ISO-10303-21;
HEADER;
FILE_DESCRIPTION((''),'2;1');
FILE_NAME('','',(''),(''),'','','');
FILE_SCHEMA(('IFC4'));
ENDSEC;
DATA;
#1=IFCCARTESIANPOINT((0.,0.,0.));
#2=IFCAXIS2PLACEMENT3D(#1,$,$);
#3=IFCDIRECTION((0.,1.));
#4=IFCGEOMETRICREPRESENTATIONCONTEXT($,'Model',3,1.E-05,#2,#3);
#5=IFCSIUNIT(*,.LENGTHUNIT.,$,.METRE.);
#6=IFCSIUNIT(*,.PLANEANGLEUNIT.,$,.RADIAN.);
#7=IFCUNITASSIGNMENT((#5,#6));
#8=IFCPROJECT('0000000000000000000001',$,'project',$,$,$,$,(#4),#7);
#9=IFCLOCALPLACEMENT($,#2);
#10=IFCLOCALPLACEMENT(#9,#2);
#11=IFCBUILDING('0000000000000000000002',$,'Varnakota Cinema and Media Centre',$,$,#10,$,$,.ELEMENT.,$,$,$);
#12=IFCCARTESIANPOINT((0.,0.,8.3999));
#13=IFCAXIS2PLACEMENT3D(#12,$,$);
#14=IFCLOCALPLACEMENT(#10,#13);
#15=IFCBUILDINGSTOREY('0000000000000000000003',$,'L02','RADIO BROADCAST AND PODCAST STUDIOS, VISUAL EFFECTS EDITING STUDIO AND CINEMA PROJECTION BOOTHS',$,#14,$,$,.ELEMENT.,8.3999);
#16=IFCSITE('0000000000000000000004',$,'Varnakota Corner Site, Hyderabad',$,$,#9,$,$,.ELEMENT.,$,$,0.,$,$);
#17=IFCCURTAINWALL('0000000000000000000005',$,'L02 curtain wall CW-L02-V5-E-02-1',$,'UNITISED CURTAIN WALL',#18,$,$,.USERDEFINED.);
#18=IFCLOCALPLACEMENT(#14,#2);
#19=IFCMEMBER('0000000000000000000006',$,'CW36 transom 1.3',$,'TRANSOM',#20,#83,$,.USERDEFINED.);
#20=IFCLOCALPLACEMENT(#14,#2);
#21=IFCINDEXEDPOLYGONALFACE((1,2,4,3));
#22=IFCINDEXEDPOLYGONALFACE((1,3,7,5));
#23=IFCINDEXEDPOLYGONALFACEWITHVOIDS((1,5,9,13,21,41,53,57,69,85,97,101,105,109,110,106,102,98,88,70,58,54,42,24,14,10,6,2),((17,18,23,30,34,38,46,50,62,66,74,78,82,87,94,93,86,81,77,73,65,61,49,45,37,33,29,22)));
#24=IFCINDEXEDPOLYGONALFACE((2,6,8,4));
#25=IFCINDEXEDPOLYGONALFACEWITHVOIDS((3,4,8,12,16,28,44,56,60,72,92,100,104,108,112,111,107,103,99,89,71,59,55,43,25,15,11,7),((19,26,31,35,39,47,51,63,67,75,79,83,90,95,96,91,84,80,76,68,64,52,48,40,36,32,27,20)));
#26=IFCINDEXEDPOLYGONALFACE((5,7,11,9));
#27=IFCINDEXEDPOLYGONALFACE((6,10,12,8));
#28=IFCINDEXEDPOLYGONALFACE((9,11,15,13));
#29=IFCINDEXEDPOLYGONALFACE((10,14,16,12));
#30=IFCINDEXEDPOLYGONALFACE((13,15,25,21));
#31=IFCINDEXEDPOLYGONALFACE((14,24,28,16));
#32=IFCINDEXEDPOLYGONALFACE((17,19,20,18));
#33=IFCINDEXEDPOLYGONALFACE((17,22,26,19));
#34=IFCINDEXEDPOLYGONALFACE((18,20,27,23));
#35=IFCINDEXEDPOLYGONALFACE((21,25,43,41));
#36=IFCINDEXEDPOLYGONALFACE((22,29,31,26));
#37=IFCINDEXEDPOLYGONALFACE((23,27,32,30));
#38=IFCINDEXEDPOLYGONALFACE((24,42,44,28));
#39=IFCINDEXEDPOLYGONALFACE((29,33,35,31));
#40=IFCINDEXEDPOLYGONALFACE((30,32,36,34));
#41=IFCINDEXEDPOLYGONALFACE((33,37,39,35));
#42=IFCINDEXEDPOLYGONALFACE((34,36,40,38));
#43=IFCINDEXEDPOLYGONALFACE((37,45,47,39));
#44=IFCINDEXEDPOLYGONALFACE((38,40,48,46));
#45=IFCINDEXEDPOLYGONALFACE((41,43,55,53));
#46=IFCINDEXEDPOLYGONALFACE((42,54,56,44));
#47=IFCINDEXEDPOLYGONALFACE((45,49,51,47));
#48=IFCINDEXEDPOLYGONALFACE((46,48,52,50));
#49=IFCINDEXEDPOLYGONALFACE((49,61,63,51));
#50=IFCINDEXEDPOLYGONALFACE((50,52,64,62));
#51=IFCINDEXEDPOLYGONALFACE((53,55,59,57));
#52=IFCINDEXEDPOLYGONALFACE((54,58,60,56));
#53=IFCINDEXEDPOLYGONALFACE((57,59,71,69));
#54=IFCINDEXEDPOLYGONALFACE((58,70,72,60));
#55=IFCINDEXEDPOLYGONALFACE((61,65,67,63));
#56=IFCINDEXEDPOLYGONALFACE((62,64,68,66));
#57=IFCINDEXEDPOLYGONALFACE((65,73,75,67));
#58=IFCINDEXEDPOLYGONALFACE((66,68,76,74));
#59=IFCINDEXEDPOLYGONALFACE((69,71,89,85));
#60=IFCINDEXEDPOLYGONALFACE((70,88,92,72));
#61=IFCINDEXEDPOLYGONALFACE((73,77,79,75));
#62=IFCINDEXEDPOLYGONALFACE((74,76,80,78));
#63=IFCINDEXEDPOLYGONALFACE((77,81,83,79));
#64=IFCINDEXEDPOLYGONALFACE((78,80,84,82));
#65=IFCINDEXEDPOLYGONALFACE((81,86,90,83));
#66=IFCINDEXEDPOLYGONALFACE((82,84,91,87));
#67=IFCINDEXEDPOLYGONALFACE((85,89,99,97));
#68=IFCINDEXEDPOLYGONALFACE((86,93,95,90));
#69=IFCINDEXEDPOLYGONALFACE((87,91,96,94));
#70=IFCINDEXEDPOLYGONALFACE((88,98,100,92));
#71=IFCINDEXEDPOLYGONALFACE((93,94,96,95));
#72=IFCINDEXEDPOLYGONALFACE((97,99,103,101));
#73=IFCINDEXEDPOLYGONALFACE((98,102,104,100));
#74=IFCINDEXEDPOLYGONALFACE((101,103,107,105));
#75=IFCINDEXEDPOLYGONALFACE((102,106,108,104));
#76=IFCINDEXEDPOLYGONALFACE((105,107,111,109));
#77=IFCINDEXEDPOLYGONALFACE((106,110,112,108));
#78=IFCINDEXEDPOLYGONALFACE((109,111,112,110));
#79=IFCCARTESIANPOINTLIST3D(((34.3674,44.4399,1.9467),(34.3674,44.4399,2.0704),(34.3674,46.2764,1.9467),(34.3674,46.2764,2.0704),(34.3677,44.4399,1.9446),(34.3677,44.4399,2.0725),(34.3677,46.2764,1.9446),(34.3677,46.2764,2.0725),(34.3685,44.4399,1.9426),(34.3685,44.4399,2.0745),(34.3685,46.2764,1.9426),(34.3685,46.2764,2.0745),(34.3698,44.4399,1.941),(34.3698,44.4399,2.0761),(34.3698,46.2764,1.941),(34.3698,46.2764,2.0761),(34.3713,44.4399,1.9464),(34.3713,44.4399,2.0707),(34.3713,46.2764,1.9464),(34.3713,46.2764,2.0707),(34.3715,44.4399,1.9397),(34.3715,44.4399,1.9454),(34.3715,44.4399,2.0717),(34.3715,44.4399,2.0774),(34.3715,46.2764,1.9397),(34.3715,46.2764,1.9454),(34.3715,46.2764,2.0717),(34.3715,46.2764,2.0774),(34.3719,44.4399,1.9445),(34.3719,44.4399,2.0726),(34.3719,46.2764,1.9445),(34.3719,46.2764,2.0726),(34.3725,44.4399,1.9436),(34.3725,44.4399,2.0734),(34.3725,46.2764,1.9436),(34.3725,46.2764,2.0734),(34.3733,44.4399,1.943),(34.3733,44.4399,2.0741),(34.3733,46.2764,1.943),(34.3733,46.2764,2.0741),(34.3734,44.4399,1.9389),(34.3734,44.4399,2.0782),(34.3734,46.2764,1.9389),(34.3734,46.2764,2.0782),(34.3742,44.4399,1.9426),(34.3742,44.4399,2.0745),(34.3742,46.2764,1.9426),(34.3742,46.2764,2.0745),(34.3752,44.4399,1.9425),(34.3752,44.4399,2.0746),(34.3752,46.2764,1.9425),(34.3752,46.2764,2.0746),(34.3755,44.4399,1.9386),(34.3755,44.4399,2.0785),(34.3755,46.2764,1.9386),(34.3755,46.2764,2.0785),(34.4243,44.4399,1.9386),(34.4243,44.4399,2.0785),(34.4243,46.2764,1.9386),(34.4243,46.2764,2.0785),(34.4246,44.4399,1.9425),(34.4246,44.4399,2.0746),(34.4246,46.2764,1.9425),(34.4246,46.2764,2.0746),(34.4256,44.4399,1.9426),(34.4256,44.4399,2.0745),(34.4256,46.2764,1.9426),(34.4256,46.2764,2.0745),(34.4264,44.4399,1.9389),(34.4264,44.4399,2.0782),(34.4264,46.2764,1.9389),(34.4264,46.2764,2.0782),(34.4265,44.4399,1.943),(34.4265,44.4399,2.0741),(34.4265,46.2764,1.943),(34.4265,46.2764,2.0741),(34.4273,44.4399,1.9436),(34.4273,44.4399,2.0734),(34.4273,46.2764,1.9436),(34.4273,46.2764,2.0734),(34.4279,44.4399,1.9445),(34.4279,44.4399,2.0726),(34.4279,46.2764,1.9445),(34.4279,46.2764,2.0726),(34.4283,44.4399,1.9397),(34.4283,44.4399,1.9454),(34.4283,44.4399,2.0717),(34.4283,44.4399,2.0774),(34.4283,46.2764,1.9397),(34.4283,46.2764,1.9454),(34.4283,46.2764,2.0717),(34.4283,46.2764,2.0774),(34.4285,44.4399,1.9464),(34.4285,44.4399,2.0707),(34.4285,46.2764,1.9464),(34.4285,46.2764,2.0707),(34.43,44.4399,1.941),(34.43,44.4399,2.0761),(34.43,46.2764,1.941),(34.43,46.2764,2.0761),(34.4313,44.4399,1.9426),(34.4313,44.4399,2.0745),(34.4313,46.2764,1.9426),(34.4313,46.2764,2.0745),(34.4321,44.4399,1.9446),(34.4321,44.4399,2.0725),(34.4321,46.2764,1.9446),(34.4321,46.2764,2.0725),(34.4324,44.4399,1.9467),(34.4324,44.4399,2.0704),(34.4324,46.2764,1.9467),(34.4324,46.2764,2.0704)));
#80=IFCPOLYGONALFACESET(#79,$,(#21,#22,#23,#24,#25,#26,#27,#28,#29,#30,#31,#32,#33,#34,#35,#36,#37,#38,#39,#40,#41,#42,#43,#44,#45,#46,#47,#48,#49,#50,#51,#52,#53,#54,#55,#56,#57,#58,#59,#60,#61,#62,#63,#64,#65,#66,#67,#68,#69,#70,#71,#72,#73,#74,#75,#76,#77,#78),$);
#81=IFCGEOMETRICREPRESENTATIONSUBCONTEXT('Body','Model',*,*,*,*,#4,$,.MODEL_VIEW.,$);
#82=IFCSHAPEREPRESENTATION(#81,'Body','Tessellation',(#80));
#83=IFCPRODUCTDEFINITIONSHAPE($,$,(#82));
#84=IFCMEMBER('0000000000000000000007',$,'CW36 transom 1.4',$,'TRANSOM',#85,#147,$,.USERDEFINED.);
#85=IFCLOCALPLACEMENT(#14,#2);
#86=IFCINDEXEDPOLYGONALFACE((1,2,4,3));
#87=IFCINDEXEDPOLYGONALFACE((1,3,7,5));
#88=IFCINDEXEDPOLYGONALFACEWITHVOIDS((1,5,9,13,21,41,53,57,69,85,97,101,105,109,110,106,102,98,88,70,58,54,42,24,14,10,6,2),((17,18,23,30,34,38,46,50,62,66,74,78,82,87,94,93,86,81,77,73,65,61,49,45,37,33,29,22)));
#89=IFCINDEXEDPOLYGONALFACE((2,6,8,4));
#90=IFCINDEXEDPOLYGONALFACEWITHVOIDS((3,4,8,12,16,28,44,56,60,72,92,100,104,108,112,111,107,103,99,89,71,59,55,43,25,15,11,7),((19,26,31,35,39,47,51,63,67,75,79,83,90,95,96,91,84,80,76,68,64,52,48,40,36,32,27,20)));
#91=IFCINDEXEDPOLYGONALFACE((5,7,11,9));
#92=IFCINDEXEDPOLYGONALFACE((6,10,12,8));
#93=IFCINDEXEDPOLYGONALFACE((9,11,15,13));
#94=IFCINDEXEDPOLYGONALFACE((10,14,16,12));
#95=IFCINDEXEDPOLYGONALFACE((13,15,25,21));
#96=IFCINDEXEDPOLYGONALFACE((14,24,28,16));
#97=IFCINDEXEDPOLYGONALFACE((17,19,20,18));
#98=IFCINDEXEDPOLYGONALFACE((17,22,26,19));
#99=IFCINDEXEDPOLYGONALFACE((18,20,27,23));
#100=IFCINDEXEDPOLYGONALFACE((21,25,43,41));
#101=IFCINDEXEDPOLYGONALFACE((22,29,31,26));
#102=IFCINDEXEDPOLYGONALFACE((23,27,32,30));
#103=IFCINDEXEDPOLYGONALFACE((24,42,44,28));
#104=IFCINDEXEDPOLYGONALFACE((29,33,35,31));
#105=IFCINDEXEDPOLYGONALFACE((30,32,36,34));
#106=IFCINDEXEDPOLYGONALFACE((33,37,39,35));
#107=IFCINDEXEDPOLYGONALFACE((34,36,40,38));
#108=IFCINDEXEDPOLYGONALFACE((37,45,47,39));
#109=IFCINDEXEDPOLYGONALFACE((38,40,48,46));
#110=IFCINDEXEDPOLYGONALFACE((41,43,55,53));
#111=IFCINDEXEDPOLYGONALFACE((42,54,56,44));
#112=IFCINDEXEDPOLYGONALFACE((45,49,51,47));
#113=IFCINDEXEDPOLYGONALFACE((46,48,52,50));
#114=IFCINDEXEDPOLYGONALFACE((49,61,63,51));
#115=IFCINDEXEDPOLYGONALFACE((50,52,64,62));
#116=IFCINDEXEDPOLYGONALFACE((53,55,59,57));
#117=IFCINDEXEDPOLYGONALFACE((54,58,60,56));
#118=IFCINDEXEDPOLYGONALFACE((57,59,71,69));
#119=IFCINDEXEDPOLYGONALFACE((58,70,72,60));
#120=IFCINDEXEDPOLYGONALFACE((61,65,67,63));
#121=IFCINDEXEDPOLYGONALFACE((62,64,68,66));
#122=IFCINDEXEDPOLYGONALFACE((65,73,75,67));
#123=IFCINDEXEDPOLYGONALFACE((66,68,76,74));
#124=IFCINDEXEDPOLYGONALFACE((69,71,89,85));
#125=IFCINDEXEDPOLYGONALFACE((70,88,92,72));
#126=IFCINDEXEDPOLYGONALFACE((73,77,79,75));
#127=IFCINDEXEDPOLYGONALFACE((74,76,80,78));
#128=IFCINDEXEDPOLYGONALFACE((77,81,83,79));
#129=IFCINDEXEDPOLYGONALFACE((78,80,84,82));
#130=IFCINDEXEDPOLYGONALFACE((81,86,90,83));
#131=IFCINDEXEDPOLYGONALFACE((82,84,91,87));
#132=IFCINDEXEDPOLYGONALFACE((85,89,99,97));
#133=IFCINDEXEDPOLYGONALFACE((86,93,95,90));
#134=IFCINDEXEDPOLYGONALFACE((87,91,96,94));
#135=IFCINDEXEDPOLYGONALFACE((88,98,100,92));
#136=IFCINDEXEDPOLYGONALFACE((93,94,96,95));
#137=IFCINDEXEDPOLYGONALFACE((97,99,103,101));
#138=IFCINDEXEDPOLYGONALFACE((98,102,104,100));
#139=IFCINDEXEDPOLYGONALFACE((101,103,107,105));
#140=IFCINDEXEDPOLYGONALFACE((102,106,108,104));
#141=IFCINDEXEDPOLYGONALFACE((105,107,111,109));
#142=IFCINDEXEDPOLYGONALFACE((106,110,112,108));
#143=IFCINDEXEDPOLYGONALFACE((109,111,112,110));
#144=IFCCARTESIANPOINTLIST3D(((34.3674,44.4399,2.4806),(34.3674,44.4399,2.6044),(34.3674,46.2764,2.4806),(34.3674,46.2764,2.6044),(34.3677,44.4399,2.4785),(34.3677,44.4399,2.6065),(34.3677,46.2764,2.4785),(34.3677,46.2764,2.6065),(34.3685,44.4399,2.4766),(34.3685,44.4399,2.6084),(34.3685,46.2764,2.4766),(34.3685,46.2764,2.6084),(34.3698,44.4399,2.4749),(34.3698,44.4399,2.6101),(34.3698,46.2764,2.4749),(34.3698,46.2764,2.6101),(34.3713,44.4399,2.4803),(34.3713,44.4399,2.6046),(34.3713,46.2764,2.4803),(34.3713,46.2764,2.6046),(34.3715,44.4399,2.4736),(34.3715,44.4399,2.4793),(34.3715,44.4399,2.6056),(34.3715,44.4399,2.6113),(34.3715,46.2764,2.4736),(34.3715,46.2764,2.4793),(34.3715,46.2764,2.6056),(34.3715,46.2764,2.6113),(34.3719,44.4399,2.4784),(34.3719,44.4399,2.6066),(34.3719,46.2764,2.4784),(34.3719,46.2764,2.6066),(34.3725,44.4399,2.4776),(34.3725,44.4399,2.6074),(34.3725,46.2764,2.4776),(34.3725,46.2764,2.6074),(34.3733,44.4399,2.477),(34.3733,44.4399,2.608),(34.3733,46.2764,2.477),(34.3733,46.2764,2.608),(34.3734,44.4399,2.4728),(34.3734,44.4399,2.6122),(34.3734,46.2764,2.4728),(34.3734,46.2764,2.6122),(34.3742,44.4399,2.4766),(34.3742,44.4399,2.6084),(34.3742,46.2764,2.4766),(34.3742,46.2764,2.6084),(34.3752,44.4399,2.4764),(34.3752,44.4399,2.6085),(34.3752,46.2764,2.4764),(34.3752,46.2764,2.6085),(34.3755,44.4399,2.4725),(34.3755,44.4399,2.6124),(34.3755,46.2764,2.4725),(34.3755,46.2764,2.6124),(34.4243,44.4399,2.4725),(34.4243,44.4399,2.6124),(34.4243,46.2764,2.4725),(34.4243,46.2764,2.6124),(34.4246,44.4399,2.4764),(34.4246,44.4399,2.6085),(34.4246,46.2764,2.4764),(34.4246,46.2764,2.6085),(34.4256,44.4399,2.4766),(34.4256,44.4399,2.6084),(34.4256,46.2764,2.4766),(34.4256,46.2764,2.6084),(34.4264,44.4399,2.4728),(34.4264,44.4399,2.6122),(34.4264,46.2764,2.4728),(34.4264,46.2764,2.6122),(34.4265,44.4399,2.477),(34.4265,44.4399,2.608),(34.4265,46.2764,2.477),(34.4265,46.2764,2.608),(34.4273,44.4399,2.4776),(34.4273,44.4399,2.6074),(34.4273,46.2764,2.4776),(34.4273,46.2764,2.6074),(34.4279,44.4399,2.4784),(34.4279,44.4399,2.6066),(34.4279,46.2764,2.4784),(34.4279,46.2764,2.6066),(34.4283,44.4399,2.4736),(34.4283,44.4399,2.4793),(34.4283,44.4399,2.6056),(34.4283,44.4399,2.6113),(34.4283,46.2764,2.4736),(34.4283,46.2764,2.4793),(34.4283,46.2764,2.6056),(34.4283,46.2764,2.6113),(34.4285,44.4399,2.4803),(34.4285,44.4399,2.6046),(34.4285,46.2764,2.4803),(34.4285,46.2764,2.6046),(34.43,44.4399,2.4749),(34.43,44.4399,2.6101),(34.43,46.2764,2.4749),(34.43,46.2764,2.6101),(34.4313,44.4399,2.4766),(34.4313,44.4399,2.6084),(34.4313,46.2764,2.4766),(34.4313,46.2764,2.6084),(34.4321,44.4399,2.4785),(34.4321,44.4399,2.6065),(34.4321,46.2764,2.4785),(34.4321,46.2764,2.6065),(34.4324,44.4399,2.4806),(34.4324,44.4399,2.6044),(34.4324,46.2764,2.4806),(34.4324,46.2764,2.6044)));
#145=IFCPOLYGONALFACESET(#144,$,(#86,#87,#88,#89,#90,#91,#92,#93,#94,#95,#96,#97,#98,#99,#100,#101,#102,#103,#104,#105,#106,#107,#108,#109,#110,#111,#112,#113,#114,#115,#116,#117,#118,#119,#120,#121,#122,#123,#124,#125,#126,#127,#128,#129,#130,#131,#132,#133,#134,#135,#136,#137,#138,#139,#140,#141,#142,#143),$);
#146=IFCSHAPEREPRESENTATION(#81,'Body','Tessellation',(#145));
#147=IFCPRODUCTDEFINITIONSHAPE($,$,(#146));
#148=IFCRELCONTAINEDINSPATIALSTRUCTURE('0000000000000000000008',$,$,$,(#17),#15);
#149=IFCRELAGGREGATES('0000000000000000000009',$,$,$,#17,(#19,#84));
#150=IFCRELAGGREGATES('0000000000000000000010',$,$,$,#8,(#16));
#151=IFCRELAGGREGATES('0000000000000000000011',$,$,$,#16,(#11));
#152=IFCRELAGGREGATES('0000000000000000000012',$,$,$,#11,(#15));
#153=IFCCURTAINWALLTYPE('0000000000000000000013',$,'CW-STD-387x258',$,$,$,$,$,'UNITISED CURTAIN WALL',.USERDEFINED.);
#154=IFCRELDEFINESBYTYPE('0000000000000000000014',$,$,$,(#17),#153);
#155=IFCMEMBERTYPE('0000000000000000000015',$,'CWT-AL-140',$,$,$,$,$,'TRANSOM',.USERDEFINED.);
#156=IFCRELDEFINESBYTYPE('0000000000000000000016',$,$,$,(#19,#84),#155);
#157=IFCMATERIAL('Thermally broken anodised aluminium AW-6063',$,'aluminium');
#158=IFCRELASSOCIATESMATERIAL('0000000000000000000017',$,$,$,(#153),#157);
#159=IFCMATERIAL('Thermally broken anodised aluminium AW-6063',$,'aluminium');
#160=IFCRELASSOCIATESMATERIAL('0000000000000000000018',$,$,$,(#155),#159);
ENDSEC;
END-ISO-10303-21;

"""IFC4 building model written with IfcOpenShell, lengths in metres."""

from ifc_helpers import new_model, si_unit, direction, frame, origin, origin_2d, place, context, subcontext, project, spatial, hollow_rectangle, extrude, material, material_profile, profile_set, type_object, element, aggregate, save


model = new_model("IFC4")

# Units and contexts
model_context = context("Model", 3, precision=1e-05, world=origin(), true_north=direction((0.0, 1.0)))
body_context = subcontext(model_context, "Body", "Model", "MODEL_VIEW")
ifc_project = project(units=[si_unit("LENGTHUNIT", "METRE"), si_unit("PLANEANGLEUNIT", "RADIAN")], contexts=[model_context])

# Site, building, storey
site_placement = place(None, origin())
site = spatial("IfcSite", under=ifc_project, at=site_placement, Name="Varnakota Corner Site, Hyderabad", CompositionType="ELEMENT", RefElevation=0.0)
building_placement = place(site_placement, origin())
building = spatial("IfcBuilding", under=site, at=building_placement, Name="Varnakota Cinema and Media Centre", CompositionType="ELEMENT")
storey_placement = place(building_placement, frame((0.0, 0.0, 8.3999)))
storey = spatial("IfcBuildingStorey", under=building, at=storey_placement, Name="L02", Description="RADIO BROADCAST AND PODCAST STUDIOS, VISUAL EFFECTS EDITING STUDIO AND CINEMA PROJECTION BOOTHS", CompositionType="ELEMENT", Elevation=8.3999)

# Curtain wall
ifc_material_1 = material(Name="Thermally broken anodised aluminium AW-6063", Category="aluminium")
curtain_wall_type = type_object("IfcCurtainWallType", Name="CW-STD-387x258", ElementType="UNITISED CURTAIN WALL", PredefinedType="USERDEFINED", material=ifc_material_1)
curtain_wall_1_placement = place(storey_placement, origin())
curtain_wall_1 = element("IfcCurtainWall", 1, at=curtain_wall_1_placement, inside=storey, type_object=curtain_wall_type, Name="L02 curtain wall CW-L02-V5-E-02-1", ObjectType="UNITISED CURTAIN WALL", PredefinedType="USERDEFINED")

# Members
ifc_material_2 = material(Name="Thermally broken anodised aluminium AW-6063", Category="aluminium")
ifc_material_profile_1 = material_profile(ifc_material_2, hollow_rectangle(XDim=0.0649, YDim=0.1399, WallThickness=0.0039, InnerFilletRadius=0.0039, OuterFilletRadius=0.0081, at=origin_2d()), Name="AL-TRANSOM 140x65x4")
ifc_profile_set_1 = profile_set([ifc_material_profile_1], Name="Thermally broken anodised aluminium AW-6063")
member_type_1 = type_object("IfcMemberType", Name="CWT-AL-140", ElementType="TRANSOM", PredefinedType="USERDEFINED", material=ifc_profile_set_1)
member_1_placement = place(storey_placement, frame((34.3999, 44.4399, 2.0085), z_axis=(0.0, 1.0, 0.0), x_axis=(-1.0, 0.0, 0.0)))
member_1 = element("IfcMember", 2, at=member_1_placement, type_object=member_type_1, Name="CW36 transom 1.3", ObjectType="TRANSOM", PredefinedType="USERDEFINED", context=body_context, shape_type="SweptSolid", body=[
    extrude(hollow_rectangle(XDim=0.0649, YDim=0.1399, WallThickness=0.0039, InnerFilletRadius=0.0039, OuterFilletRadius=0.0081, at=origin_2d()), origin(), (0.0, 0.0, 1.0), 1.8364),
])
member_2_placement = place(storey_placement, frame((34.3999, 44.4399, 2.5425), z_axis=(0.0, 1.0, 0.0), x_axis=(-1.0, 0.0, 0.0)))
member_2 = element("IfcMember", 3, at=member_2_placement, type_object=member_type_1, Name="CW36 transom 1.4", ObjectType="TRANSOM", PredefinedType="USERDEFINED", context=body_context, shape_type="SweptSolid", body=[
    extrude(hollow_rectangle(XDim=0.0649, YDim=0.1399, WallThickness=0.0039, InnerFilletRadius=0.0039, OuterFilletRadius=0.0081, at=origin_2d()), origin(), (0.0, 0.0, 1.0), 1.8364),
])

aggregate(curtain_wall_1, [member_1, member_2])

save(model, "model.ifc")
